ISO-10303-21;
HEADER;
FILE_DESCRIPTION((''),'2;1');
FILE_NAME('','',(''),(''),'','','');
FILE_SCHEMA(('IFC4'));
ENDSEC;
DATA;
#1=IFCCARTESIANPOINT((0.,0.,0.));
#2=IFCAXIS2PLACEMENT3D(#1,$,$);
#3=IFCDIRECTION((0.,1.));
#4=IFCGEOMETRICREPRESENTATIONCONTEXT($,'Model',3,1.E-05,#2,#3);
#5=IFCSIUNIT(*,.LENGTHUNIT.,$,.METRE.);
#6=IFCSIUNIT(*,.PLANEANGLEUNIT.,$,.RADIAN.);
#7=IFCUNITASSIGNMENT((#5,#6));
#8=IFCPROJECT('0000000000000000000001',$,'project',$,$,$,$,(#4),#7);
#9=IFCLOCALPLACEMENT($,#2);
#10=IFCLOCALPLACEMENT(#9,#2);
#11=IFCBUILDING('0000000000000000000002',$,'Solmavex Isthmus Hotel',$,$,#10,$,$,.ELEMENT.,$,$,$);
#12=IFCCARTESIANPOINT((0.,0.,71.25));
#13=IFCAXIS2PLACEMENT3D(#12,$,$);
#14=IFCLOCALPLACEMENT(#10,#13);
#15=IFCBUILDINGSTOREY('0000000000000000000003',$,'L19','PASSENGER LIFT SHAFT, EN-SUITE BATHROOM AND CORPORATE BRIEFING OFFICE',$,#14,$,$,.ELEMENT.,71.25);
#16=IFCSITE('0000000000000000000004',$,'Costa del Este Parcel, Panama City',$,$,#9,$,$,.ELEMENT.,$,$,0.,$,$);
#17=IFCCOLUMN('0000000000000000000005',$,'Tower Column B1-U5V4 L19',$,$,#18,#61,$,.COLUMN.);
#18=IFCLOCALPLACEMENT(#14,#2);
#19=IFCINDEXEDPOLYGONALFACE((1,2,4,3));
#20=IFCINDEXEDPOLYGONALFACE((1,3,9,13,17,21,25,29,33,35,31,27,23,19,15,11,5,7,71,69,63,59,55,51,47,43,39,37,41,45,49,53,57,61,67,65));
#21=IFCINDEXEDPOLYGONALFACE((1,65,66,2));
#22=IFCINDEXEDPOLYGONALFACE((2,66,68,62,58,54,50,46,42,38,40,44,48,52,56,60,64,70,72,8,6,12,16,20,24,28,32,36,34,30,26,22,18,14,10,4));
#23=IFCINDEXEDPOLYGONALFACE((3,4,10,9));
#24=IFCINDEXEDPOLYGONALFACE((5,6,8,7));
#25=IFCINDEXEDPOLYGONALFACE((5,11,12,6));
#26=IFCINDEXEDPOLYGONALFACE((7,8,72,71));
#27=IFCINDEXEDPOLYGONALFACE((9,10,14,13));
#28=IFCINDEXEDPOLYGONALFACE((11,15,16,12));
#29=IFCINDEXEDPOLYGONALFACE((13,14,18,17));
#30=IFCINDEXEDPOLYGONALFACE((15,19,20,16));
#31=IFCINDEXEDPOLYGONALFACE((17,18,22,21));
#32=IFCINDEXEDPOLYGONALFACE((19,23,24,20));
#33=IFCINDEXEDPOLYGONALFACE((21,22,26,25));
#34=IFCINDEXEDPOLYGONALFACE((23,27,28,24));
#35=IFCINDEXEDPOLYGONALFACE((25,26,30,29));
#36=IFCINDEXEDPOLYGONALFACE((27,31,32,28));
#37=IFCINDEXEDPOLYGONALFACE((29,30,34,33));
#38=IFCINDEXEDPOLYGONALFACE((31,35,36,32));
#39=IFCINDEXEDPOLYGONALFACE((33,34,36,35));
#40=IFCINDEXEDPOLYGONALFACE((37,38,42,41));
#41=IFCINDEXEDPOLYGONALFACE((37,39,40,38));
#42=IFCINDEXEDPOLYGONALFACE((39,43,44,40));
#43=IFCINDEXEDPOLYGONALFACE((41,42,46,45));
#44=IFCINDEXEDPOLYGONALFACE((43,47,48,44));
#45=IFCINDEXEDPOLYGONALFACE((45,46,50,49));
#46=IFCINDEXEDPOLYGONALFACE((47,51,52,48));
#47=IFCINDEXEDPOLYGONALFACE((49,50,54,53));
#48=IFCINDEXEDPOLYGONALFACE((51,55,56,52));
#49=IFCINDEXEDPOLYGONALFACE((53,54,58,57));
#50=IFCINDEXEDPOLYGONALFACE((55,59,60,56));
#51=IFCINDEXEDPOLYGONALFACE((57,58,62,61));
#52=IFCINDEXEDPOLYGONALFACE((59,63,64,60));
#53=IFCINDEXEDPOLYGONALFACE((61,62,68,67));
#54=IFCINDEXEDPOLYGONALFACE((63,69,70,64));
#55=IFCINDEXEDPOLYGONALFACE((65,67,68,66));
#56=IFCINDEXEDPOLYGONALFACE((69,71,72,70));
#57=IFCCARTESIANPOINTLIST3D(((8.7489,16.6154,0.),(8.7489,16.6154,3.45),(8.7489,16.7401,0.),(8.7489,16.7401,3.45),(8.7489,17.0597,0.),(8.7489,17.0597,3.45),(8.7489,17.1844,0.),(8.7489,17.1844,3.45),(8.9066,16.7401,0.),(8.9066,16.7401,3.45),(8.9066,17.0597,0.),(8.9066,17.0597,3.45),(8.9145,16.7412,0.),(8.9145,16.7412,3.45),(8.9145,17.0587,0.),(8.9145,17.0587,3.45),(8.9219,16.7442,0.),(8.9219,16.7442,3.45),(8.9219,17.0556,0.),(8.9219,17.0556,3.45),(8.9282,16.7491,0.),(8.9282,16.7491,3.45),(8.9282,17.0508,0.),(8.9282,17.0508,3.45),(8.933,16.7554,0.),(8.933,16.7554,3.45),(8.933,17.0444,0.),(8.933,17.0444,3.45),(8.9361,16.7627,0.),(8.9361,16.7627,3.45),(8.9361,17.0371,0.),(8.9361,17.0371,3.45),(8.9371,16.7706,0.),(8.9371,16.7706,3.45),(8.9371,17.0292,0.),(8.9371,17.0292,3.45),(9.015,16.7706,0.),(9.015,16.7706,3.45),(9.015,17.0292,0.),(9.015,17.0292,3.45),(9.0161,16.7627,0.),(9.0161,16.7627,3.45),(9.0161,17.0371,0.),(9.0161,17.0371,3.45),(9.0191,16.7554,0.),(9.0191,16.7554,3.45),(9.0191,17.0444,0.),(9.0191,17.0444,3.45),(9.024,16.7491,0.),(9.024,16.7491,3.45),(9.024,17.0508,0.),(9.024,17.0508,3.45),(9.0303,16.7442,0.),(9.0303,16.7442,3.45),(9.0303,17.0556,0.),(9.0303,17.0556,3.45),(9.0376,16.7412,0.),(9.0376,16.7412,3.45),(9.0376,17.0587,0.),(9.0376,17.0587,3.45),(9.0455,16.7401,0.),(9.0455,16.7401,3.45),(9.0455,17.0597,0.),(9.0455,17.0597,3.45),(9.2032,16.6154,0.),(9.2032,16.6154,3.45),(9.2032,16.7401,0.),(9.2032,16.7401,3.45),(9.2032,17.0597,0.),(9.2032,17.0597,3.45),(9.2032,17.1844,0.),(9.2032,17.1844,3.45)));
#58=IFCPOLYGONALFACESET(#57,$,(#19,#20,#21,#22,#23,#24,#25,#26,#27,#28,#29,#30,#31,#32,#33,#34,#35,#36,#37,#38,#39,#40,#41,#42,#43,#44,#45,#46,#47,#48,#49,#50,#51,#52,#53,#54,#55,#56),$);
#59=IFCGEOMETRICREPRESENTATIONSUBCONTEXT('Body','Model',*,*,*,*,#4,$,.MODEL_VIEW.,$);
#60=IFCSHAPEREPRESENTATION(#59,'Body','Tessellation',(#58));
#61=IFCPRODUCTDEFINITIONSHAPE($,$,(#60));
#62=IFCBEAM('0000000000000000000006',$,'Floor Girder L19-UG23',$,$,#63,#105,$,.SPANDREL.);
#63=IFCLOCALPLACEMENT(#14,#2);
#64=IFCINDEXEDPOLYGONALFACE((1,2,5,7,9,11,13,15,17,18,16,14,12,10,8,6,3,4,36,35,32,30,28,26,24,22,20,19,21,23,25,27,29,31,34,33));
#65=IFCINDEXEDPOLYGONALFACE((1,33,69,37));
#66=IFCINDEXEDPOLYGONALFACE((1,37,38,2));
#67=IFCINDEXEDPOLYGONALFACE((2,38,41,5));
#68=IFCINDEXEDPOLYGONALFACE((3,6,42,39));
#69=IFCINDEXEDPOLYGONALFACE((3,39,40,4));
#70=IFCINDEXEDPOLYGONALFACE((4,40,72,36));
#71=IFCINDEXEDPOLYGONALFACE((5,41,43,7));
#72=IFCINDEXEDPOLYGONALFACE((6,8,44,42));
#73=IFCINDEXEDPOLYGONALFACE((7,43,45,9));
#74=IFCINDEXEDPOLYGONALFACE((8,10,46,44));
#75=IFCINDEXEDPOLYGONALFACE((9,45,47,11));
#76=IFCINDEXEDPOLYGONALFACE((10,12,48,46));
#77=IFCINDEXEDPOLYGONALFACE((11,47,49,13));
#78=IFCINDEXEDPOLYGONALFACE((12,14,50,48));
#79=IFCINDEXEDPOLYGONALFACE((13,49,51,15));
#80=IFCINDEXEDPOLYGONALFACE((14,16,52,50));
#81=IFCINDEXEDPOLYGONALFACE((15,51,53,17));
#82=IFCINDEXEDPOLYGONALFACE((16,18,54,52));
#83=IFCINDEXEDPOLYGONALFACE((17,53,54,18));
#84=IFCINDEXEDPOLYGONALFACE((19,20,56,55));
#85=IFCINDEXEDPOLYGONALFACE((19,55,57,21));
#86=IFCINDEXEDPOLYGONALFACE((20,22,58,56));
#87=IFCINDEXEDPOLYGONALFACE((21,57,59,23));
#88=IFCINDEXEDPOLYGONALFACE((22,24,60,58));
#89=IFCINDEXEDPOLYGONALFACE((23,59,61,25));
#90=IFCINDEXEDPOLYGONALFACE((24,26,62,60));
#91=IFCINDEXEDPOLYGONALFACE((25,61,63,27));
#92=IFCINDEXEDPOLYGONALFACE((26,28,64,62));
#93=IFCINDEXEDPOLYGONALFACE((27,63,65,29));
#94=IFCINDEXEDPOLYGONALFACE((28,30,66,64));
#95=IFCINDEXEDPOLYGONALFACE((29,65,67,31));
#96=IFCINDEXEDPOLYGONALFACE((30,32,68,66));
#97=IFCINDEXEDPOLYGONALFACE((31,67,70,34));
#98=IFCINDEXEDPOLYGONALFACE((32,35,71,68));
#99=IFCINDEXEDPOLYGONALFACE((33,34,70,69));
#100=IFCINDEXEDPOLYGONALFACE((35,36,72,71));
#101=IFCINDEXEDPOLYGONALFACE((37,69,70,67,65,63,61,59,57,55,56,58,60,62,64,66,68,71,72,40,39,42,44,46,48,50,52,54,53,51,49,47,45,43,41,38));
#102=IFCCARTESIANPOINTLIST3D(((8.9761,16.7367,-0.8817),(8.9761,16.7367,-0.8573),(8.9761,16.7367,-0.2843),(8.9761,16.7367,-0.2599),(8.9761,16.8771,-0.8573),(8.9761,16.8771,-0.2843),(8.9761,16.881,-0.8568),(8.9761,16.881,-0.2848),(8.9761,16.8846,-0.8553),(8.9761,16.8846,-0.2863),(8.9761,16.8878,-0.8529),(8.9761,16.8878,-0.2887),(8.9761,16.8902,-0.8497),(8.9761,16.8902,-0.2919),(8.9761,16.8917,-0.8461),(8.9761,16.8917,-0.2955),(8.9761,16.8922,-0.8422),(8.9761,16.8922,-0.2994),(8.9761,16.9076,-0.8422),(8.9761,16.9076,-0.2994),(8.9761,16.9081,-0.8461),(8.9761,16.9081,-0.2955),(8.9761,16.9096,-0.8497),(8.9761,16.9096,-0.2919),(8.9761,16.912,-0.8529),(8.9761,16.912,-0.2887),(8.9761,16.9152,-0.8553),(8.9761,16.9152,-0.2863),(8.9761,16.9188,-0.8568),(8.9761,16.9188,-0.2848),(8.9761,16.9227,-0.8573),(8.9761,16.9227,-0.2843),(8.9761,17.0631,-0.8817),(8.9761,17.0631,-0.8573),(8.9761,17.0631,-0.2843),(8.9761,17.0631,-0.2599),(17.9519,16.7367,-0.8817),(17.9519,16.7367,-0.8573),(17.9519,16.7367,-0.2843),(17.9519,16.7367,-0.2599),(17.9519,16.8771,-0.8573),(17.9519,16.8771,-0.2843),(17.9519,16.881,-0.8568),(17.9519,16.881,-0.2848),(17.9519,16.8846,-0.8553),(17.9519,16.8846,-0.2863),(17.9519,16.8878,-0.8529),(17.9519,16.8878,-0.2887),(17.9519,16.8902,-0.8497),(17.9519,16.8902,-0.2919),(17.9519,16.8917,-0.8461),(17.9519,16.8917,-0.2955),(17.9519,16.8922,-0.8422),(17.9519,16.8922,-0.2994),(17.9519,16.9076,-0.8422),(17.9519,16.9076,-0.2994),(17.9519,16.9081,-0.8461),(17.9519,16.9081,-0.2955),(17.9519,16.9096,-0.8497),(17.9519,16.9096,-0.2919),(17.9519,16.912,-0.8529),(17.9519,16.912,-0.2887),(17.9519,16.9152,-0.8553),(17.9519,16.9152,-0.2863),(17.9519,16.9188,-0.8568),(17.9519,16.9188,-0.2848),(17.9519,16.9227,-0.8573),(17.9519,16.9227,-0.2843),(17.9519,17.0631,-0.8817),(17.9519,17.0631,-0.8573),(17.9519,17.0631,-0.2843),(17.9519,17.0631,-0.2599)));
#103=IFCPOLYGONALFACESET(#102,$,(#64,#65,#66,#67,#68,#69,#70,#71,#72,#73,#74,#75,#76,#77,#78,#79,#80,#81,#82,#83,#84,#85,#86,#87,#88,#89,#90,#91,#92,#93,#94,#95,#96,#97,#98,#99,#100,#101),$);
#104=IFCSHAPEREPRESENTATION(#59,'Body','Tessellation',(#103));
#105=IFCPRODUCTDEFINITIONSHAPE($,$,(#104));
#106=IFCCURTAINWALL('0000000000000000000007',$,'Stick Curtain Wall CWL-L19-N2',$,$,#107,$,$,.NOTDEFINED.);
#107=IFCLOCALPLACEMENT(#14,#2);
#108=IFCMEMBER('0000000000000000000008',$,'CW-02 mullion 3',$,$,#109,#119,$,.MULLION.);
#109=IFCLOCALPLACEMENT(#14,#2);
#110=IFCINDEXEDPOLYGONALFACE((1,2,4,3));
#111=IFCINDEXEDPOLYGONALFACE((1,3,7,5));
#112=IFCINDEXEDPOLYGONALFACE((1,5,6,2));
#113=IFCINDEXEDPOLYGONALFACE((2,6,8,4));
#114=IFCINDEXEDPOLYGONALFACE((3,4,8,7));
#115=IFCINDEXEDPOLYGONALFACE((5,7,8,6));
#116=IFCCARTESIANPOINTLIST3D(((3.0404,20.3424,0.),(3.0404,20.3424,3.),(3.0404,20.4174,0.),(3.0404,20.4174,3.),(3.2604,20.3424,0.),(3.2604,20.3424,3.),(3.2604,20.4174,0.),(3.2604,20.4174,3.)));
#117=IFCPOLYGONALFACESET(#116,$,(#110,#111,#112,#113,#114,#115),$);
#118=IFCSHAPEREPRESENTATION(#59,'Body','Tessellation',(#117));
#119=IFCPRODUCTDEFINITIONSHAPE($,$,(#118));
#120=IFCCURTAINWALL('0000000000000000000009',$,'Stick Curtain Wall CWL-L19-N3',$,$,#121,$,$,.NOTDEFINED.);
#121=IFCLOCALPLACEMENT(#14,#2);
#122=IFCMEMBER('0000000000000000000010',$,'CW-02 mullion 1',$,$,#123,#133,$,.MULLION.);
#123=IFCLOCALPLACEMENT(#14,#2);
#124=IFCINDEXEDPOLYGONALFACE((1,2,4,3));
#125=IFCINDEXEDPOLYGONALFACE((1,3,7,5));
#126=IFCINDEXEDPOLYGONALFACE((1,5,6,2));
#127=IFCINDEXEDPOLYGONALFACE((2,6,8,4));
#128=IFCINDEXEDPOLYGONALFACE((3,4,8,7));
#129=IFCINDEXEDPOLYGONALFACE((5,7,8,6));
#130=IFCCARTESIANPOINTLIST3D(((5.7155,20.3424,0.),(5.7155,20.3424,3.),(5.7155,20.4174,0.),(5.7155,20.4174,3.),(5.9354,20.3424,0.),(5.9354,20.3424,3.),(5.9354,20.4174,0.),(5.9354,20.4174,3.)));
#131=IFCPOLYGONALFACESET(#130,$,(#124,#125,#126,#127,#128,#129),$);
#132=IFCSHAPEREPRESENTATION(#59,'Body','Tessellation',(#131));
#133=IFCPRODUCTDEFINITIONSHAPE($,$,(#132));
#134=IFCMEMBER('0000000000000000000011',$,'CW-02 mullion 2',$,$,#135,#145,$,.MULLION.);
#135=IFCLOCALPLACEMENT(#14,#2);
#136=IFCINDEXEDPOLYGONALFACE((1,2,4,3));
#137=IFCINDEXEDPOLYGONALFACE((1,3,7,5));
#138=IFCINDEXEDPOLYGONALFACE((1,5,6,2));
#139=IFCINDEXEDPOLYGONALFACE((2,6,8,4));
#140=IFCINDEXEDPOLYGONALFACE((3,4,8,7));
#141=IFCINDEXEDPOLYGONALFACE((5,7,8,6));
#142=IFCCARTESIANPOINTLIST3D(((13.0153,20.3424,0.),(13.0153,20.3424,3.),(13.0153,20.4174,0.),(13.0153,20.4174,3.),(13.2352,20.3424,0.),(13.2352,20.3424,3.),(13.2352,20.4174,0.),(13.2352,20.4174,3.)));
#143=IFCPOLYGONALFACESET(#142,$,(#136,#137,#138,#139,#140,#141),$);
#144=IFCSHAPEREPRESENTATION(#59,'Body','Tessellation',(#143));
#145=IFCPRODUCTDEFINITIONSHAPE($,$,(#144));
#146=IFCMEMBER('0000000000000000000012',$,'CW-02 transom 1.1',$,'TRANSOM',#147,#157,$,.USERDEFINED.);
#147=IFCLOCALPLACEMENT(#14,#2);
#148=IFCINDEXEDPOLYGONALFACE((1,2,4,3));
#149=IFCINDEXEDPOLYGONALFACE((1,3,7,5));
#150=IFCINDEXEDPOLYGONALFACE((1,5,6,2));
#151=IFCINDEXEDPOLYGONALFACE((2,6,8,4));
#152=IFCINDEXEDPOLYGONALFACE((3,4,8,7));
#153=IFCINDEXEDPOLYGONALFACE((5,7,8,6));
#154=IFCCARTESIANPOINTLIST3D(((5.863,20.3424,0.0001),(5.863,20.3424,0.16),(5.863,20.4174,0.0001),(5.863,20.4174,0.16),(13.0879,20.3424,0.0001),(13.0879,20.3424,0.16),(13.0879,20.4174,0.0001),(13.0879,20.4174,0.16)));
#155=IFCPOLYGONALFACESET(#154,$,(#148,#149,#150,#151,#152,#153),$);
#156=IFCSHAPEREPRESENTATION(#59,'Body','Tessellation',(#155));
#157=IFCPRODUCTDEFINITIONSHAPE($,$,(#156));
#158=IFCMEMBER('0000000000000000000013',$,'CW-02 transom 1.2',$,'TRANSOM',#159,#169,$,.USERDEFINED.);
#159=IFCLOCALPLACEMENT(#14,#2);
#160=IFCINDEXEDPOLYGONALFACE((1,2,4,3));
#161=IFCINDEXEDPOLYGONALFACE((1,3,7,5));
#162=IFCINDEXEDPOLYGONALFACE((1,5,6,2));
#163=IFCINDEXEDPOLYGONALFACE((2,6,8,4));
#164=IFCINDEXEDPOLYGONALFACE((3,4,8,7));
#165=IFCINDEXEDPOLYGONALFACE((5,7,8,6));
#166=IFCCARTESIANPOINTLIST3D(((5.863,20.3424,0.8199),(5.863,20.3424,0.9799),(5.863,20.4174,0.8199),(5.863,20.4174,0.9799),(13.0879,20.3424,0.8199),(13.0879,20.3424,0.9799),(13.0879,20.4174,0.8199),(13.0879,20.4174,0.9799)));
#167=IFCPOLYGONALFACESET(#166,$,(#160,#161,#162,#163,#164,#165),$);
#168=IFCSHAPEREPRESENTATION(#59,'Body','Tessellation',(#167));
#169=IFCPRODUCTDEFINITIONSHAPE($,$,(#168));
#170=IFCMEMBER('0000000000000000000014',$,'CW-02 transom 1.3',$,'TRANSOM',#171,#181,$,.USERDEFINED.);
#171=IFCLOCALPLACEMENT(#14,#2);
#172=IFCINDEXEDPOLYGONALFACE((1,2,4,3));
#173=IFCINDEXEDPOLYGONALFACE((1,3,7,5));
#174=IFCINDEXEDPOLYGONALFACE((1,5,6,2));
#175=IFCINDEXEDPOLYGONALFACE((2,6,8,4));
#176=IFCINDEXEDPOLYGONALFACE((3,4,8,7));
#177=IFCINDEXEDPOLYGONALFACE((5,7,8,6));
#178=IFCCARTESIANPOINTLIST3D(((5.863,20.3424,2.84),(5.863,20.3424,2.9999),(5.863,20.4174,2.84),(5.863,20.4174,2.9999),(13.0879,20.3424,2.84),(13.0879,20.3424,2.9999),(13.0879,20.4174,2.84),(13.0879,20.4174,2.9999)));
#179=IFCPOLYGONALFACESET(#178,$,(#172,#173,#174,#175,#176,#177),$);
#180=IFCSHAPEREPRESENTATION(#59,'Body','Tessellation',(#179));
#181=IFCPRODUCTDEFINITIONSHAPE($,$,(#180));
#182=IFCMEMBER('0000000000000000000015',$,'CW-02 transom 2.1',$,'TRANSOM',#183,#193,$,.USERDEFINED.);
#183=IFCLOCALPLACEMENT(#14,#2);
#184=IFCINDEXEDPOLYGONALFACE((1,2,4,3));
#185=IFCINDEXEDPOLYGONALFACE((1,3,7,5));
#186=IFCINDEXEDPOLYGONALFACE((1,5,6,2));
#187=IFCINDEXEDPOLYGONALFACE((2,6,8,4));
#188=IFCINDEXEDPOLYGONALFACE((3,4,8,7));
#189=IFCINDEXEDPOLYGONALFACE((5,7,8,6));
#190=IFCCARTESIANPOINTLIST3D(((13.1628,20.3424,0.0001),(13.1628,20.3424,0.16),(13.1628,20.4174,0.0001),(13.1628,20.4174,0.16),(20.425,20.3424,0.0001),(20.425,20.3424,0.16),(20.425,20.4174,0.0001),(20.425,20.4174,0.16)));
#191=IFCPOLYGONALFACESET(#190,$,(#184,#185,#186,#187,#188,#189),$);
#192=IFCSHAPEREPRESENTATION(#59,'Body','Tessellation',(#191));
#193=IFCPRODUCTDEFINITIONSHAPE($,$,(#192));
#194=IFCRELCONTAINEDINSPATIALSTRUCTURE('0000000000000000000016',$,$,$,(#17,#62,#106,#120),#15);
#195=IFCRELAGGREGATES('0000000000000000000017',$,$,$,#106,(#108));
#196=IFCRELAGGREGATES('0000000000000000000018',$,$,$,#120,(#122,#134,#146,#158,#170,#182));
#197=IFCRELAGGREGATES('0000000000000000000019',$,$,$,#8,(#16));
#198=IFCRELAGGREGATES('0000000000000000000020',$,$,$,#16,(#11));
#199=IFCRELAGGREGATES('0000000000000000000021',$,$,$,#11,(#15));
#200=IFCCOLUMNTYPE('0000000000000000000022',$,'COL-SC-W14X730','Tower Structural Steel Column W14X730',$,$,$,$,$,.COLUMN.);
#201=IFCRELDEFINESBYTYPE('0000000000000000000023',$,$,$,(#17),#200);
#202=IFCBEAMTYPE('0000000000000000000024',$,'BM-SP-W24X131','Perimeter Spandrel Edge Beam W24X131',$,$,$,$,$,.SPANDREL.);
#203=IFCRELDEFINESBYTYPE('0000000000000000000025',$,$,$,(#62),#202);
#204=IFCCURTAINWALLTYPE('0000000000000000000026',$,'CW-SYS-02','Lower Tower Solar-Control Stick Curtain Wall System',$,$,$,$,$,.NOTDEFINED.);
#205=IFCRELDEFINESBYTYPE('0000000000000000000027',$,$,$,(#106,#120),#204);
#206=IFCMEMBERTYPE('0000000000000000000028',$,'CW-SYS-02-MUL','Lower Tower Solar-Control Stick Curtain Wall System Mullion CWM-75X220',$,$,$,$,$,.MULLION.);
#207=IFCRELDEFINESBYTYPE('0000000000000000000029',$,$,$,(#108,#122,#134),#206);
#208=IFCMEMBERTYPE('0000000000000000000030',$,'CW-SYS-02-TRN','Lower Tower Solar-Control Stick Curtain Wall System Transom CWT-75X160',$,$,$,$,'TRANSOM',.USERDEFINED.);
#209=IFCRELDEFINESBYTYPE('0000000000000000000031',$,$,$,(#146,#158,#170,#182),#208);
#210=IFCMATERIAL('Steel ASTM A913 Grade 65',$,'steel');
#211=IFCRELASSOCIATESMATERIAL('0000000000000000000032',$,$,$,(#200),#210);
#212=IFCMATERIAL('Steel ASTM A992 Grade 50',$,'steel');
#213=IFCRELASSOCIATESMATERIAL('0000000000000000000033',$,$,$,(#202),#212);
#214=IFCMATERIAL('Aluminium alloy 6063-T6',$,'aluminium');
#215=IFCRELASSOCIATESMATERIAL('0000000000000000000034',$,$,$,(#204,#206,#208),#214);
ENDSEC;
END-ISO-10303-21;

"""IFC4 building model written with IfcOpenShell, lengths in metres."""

from ifc_helpers import new_model, si_unit, direction, frame, origin, origin_2d, place, context, subcontext, project, spatial, rectangle, i_section, extrude, material, material_profile, profile_set, type_object, element, aggregate, save


model = new_model("IFC4")

# Units and contexts
model_context = context("Model", 3, precision=1e-05, world=origin(), true_north=direction((0.0, 1.0)))
body_context = subcontext(model_context, "Body", "Model", "MODEL_VIEW")
ifc_project = project(units=[si_unit("LENGTHUNIT", "METRE"), si_unit("PLANEANGLEUNIT", "RADIAN")], contexts=[model_context])

# Site, building, storey
site_placement = place(None, origin())
site = spatial("IfcSite", under=ifc_project, at=site_placement, Name="Costa del Este Parcel, Panama City", CompositionType="ELEMENT", RefElevation=0.0)
building_placement = place(site_placement, origin())
building = spatial("IfcBuilding", under=site, at=building_placement, Name="Solmavex Isthmus Hotel", CompositionType="ELEMENT")
storey_placement = place(building_placement, frame((0.0, 0.0, 71.25)))
storey = spatial("IfcBuildingStorey", under=building, at=storey_placement, Name="L19", Description="PASSENGER LIFT SHAFT, EN-SUITE BATHROOM AND CORPORATE BRIEFING OFFICE", CompositionType="ELEMENT", Elevation=71.25)

# Column
ifc_material_1 = material(Name="Steel ASTM A913 Grade 65", Category="steel")
ifc_material_profile_1 = material_profile(ifc_material_1, i_section(OverallWidth=0.4543, OverallDepth=0.5691, WebThickness=0.0779, FlangeThickness=0.1248, FilletRadius=0.0305, at=origin_2d()), Name="W14X730")
ifc_profile_set_1 = profile_set([ifc_material_profile_1], Name="Steel ASTM A913 Grade 65")
column_type = type_object("IfcColumnType", Name="COL-SC-W14X730", Description="Tower Structural Steel Column W14X730", PredefinedType="COLUMN", material=ifc_profile_set_1)
column_placement = place(storey_placement, frame((8.9761, 16.8999, 0.0), z_axis=(0.0, 0.0, 1.0), x_axis=(1.0, 0.0, 0.0)))
element("IfcColumn", 1, at=column_placement, inside=storey, type_object=column_type, Name="Tower Column B1-U5V4 L19", PredefinedType="COLUMN", context=body_context, shape_type="SweptSolid", body=[
    extrude(i_section(OverallWidth=0.4543, OverallDepth=0.5691, WebThickness=0.0779, FlangeThickness=0.1248, FilletRadius=0.0305, at=origin_2d()), origin(), (0.0, 0.0, 1.0), 3.45),
])

# Beam
ifc_material_2 = material(Name="Steel ASTM A992 Grade 50", Category="steel")
ifc_material_profile_2 = material_profile(ifc_material_2, i_section(OverallWidth=0.3264, OverallDepth=0.6218, WebThickness=0.0154, FlangeThickness=0.0244, FilletRadius=0.0151, at=origin_2d()), Name="W24X131")
ifc_profile_set_2 = profile_set([ifc_material_profile_2], Name="Steel ASTM A992 Grade 50")
beam_type = type_object("IfcBeamType", Name="BM-SP-W24X131", Description="Perimeter Spandrel Edge Beam W24X131", PredefinedType="SPANDREL", material=ifc_profile_set_2)
beam_placement = place(storey_placement, frame((8.9761, 16.8999, -0.5708), z_axis=(1.0, 0.0, 0.0), x_axis=(0.0, 1.0, 0.0)))
element("IfcBeam", 2, at=beam_placement, inside=storey, type_object=beam_type, Name="Floor Girder L19-UG23", PredefinedType="SPANDREL", context=body_context, shape_type="SweptSolid", body=[
    extrude(i_section(OverallWidth=0.3264, OverallDepth=0.6218, WebThickness=0.0154, FlangeThickness=0.0244, FilletRadius=0.0151, at=origin_2d()), origin(), (0.0, 0.0, 1.0), 8.9758),
])

# Curtain wall, member
ifc_material_3 = material(Name="Aluminium alloy 6063-T6", Category="aluminium")
curtain_wall_type = type_object("IfcCurtainWallType", Name="CW-SYS-02", Description="Lower Tower Solar-Control Stick Curtain Wall System", PredefinedType="NOTDEFINED", material=ifc_material_3)
curtain_wall_1_placement = place(storey_placement, origin())
curtain_wall_1 = element("IfcCurtainWall", 3, at=curtain_wall_1_placement, inside=storey, type_object=curtain_wall_type, Name="Stick Curtain Wall CWL-L19-N2", PredefinedType="NOTDEFINED")
ifc_material_profile_3 = material_profile(ifc_material_3, rectangle(XDim=0.075, YDim=0.22, at=origin_2d()), Name="CWM-75X220")
ifc_profile_set_3 = profile_set([ifc_material_profile_3], Name="Aluminium alloy 6063-T6")
member_type_1 = type_object("IfcMemberType", Name="CW-SYS-02-MUL", Description="Lower Tower Solar-Control Stick Curtain Wall System Mullion CWM-75X220", PredefinedType="MULLION", material=ifc_profile_set_3)
member_1_placement = place(storey_placement, frame((3.1504, 20.3799, 0.0), z_axis=(0.0, 0.0, 1.0), x_axis=(0.0, 1.0, 0.0)))
member_1 = element("IfcMember", 4, at=member_1_placement, type_object=member_type_1, Name="CW-02 mullion 3", PredefinedType="MULLION", context=body_context, shape_type="SweptSolid", body=[
    extrude(rectangle(XDim=0.075, YDim=0.22, at=origin_2d()), origin(), (0.0, 0.0, 1.0), 3.0),
])
aggregate(curtain_wall_1, [member_1])

# Curtain wall, members
curtain_wall_2_placement = place(storey_placement, origin())
curtain_wall_2 = element("IfcCurtainWall", 5, at=curtain_wall_2_placement, inside=storey, type_object=curtain_wall_type, Name="Stick Curtain Wall CWL-L19-N3", PredefinedType="NOTDEFINED")
member_2_placement = place(storey_placement, frame((5.8254, 20.3799, 0.0), z_axis=(0.0, 0.0, 1.0), x_axis=(0.0, 1.0, 0.0)))
member_2 = element("IfcMember", 6, at=member_2_placement, type_object=member_type_1, Name="CW-02 mullion 1", PredefinedType="MULLION", context=body_context, shape_type="SweptSolid", body=[
    extrude(rectangle(XDim=0.075, YDim=0.22, at=origin_2d()), origin(), (0.0, 0.0, 1.0), 3.0),
])
member_3_placement = place(storey_placement, frame((13.1252, 20.3799, 0.0), z_axis=(0.0, 0.0, 1.0), x_axis=(0.0, 1.0, 0.0)))
member_3 = element("IfcMember", 7, at=member_3_placement, type_object=member_type_1, Name="CW-02 mullion 2", PredefinedType="MULLION", context=body_context, shape_type="SweptSolid", body=[
    extrude(rectangle(XDim=0.075, YDim=0.22, at=origin_2d()), origin(), (0.0, 0.0, 1.0), 3.0),
])
ifc_material_profile_4 = material_profile(ifc_material_3, rectangle(XDim=0.075, YDim=0.1599, at=origin_2d()), Name="CWT-75X160")
ifc_profile_set_4 = profile_set([ifc_material_profile_4], Name="Aluminium alloy 6063-T6")
member_type_2 = type_object("IfcMemberType", Name="CW-SYS-02-TRN", Description="Lower Tower Solar-Control Stick Curtain Wall System Transom CWT-75X160", ElementType="TRANSOM", PredefinedType="USERDEFINED", material=ifc_profile_set_4)
member_4_placement = place(storey_placement, frame((5.863, 20.3799, 0.0801), z_axis=(1.0, 0.0, 0.0), x_axis=(0.0, 1.0, 0.0)))
member_4 = element("IfcMember", 8, at=member_4_placement, type_object=member_type_2, Name="CW-02 transom 1.1", ObjectType="TRANSOM", PredefinedType="USERDEFINED", context=body_context, shape_type="SweptSolid", body=[
    extrude(rectangle(XDim=0.075, YDim=0.1599, at=origin_2d()), origin(), (0.0, 0.0, 1.0), 7.2249),
])
member_5_placement = place(storey_placement, frame((5.863, 20.3799, 0.8999), z_axis=(1.0, 0.0, 0.0), x_axis=(0.0, 1.0, 0.0)))
member_5 = element("IfcMember", 9, at=member_5_placement, type_object=member_type_2, Name="CW-02 transom 1.2", ObjectType="TRANSOM", PredefinedType="USERDEFINED", context=body_context, shape_type="SweptSolid", body=[
    extrude(rectangle(XDim=0.075, YDim=0.1599, at=origin_2d()), origin(), (0.0, 0.0, 1.0), 7.2249),
])
member_6_placement = place(storey_placement, frame((5.863, 20.3799, 2.9199), z_axis=(1.0, 0.0, 0.0), x_axis=(0.0, 1.0, 0.0)))
member_6 = element("IfcMember", 10, at=member_6_placement, type_object=member_type_2, Name="CW-02 transom 1.3", ObjectType="TRANSOM", PredefinedType="USERDEFINED", context=body_context, shape_type="SweptSolid", body=[
    extrude(rectangle(XDim=0.075, YDim=0.1599, at=origin_2d()), origin(), (0.0, 0.0, 1.0), 7.2249),
])
member_7_placement = place(storey_placement, frame((13.1628, 20.3799, 0.0801), z_axis=(1.0, 0.0, 0.0), x_axis=(0.0, 1.0, 0.0)))
member_7 = element("IfcMember", 11, at=member_7_placement, type_object=member_type_2, Name="CW-02 transom 2.1", ObjectType="TRANSOM", PredefinedType="USERDEFINED", context=body_context, shape_type="SweptSolid", body=[
    extrude(rectangle(XDim=0.075, YDim=0.1599, at=origin_2d()), origin(), (0.0, 0.0, 1.0), 7.2622),
])
aggregate(curtain_wall_2, [member_2, member_3, member_4, member_5, member_6, member_7])

save(model, "model.ifc")
